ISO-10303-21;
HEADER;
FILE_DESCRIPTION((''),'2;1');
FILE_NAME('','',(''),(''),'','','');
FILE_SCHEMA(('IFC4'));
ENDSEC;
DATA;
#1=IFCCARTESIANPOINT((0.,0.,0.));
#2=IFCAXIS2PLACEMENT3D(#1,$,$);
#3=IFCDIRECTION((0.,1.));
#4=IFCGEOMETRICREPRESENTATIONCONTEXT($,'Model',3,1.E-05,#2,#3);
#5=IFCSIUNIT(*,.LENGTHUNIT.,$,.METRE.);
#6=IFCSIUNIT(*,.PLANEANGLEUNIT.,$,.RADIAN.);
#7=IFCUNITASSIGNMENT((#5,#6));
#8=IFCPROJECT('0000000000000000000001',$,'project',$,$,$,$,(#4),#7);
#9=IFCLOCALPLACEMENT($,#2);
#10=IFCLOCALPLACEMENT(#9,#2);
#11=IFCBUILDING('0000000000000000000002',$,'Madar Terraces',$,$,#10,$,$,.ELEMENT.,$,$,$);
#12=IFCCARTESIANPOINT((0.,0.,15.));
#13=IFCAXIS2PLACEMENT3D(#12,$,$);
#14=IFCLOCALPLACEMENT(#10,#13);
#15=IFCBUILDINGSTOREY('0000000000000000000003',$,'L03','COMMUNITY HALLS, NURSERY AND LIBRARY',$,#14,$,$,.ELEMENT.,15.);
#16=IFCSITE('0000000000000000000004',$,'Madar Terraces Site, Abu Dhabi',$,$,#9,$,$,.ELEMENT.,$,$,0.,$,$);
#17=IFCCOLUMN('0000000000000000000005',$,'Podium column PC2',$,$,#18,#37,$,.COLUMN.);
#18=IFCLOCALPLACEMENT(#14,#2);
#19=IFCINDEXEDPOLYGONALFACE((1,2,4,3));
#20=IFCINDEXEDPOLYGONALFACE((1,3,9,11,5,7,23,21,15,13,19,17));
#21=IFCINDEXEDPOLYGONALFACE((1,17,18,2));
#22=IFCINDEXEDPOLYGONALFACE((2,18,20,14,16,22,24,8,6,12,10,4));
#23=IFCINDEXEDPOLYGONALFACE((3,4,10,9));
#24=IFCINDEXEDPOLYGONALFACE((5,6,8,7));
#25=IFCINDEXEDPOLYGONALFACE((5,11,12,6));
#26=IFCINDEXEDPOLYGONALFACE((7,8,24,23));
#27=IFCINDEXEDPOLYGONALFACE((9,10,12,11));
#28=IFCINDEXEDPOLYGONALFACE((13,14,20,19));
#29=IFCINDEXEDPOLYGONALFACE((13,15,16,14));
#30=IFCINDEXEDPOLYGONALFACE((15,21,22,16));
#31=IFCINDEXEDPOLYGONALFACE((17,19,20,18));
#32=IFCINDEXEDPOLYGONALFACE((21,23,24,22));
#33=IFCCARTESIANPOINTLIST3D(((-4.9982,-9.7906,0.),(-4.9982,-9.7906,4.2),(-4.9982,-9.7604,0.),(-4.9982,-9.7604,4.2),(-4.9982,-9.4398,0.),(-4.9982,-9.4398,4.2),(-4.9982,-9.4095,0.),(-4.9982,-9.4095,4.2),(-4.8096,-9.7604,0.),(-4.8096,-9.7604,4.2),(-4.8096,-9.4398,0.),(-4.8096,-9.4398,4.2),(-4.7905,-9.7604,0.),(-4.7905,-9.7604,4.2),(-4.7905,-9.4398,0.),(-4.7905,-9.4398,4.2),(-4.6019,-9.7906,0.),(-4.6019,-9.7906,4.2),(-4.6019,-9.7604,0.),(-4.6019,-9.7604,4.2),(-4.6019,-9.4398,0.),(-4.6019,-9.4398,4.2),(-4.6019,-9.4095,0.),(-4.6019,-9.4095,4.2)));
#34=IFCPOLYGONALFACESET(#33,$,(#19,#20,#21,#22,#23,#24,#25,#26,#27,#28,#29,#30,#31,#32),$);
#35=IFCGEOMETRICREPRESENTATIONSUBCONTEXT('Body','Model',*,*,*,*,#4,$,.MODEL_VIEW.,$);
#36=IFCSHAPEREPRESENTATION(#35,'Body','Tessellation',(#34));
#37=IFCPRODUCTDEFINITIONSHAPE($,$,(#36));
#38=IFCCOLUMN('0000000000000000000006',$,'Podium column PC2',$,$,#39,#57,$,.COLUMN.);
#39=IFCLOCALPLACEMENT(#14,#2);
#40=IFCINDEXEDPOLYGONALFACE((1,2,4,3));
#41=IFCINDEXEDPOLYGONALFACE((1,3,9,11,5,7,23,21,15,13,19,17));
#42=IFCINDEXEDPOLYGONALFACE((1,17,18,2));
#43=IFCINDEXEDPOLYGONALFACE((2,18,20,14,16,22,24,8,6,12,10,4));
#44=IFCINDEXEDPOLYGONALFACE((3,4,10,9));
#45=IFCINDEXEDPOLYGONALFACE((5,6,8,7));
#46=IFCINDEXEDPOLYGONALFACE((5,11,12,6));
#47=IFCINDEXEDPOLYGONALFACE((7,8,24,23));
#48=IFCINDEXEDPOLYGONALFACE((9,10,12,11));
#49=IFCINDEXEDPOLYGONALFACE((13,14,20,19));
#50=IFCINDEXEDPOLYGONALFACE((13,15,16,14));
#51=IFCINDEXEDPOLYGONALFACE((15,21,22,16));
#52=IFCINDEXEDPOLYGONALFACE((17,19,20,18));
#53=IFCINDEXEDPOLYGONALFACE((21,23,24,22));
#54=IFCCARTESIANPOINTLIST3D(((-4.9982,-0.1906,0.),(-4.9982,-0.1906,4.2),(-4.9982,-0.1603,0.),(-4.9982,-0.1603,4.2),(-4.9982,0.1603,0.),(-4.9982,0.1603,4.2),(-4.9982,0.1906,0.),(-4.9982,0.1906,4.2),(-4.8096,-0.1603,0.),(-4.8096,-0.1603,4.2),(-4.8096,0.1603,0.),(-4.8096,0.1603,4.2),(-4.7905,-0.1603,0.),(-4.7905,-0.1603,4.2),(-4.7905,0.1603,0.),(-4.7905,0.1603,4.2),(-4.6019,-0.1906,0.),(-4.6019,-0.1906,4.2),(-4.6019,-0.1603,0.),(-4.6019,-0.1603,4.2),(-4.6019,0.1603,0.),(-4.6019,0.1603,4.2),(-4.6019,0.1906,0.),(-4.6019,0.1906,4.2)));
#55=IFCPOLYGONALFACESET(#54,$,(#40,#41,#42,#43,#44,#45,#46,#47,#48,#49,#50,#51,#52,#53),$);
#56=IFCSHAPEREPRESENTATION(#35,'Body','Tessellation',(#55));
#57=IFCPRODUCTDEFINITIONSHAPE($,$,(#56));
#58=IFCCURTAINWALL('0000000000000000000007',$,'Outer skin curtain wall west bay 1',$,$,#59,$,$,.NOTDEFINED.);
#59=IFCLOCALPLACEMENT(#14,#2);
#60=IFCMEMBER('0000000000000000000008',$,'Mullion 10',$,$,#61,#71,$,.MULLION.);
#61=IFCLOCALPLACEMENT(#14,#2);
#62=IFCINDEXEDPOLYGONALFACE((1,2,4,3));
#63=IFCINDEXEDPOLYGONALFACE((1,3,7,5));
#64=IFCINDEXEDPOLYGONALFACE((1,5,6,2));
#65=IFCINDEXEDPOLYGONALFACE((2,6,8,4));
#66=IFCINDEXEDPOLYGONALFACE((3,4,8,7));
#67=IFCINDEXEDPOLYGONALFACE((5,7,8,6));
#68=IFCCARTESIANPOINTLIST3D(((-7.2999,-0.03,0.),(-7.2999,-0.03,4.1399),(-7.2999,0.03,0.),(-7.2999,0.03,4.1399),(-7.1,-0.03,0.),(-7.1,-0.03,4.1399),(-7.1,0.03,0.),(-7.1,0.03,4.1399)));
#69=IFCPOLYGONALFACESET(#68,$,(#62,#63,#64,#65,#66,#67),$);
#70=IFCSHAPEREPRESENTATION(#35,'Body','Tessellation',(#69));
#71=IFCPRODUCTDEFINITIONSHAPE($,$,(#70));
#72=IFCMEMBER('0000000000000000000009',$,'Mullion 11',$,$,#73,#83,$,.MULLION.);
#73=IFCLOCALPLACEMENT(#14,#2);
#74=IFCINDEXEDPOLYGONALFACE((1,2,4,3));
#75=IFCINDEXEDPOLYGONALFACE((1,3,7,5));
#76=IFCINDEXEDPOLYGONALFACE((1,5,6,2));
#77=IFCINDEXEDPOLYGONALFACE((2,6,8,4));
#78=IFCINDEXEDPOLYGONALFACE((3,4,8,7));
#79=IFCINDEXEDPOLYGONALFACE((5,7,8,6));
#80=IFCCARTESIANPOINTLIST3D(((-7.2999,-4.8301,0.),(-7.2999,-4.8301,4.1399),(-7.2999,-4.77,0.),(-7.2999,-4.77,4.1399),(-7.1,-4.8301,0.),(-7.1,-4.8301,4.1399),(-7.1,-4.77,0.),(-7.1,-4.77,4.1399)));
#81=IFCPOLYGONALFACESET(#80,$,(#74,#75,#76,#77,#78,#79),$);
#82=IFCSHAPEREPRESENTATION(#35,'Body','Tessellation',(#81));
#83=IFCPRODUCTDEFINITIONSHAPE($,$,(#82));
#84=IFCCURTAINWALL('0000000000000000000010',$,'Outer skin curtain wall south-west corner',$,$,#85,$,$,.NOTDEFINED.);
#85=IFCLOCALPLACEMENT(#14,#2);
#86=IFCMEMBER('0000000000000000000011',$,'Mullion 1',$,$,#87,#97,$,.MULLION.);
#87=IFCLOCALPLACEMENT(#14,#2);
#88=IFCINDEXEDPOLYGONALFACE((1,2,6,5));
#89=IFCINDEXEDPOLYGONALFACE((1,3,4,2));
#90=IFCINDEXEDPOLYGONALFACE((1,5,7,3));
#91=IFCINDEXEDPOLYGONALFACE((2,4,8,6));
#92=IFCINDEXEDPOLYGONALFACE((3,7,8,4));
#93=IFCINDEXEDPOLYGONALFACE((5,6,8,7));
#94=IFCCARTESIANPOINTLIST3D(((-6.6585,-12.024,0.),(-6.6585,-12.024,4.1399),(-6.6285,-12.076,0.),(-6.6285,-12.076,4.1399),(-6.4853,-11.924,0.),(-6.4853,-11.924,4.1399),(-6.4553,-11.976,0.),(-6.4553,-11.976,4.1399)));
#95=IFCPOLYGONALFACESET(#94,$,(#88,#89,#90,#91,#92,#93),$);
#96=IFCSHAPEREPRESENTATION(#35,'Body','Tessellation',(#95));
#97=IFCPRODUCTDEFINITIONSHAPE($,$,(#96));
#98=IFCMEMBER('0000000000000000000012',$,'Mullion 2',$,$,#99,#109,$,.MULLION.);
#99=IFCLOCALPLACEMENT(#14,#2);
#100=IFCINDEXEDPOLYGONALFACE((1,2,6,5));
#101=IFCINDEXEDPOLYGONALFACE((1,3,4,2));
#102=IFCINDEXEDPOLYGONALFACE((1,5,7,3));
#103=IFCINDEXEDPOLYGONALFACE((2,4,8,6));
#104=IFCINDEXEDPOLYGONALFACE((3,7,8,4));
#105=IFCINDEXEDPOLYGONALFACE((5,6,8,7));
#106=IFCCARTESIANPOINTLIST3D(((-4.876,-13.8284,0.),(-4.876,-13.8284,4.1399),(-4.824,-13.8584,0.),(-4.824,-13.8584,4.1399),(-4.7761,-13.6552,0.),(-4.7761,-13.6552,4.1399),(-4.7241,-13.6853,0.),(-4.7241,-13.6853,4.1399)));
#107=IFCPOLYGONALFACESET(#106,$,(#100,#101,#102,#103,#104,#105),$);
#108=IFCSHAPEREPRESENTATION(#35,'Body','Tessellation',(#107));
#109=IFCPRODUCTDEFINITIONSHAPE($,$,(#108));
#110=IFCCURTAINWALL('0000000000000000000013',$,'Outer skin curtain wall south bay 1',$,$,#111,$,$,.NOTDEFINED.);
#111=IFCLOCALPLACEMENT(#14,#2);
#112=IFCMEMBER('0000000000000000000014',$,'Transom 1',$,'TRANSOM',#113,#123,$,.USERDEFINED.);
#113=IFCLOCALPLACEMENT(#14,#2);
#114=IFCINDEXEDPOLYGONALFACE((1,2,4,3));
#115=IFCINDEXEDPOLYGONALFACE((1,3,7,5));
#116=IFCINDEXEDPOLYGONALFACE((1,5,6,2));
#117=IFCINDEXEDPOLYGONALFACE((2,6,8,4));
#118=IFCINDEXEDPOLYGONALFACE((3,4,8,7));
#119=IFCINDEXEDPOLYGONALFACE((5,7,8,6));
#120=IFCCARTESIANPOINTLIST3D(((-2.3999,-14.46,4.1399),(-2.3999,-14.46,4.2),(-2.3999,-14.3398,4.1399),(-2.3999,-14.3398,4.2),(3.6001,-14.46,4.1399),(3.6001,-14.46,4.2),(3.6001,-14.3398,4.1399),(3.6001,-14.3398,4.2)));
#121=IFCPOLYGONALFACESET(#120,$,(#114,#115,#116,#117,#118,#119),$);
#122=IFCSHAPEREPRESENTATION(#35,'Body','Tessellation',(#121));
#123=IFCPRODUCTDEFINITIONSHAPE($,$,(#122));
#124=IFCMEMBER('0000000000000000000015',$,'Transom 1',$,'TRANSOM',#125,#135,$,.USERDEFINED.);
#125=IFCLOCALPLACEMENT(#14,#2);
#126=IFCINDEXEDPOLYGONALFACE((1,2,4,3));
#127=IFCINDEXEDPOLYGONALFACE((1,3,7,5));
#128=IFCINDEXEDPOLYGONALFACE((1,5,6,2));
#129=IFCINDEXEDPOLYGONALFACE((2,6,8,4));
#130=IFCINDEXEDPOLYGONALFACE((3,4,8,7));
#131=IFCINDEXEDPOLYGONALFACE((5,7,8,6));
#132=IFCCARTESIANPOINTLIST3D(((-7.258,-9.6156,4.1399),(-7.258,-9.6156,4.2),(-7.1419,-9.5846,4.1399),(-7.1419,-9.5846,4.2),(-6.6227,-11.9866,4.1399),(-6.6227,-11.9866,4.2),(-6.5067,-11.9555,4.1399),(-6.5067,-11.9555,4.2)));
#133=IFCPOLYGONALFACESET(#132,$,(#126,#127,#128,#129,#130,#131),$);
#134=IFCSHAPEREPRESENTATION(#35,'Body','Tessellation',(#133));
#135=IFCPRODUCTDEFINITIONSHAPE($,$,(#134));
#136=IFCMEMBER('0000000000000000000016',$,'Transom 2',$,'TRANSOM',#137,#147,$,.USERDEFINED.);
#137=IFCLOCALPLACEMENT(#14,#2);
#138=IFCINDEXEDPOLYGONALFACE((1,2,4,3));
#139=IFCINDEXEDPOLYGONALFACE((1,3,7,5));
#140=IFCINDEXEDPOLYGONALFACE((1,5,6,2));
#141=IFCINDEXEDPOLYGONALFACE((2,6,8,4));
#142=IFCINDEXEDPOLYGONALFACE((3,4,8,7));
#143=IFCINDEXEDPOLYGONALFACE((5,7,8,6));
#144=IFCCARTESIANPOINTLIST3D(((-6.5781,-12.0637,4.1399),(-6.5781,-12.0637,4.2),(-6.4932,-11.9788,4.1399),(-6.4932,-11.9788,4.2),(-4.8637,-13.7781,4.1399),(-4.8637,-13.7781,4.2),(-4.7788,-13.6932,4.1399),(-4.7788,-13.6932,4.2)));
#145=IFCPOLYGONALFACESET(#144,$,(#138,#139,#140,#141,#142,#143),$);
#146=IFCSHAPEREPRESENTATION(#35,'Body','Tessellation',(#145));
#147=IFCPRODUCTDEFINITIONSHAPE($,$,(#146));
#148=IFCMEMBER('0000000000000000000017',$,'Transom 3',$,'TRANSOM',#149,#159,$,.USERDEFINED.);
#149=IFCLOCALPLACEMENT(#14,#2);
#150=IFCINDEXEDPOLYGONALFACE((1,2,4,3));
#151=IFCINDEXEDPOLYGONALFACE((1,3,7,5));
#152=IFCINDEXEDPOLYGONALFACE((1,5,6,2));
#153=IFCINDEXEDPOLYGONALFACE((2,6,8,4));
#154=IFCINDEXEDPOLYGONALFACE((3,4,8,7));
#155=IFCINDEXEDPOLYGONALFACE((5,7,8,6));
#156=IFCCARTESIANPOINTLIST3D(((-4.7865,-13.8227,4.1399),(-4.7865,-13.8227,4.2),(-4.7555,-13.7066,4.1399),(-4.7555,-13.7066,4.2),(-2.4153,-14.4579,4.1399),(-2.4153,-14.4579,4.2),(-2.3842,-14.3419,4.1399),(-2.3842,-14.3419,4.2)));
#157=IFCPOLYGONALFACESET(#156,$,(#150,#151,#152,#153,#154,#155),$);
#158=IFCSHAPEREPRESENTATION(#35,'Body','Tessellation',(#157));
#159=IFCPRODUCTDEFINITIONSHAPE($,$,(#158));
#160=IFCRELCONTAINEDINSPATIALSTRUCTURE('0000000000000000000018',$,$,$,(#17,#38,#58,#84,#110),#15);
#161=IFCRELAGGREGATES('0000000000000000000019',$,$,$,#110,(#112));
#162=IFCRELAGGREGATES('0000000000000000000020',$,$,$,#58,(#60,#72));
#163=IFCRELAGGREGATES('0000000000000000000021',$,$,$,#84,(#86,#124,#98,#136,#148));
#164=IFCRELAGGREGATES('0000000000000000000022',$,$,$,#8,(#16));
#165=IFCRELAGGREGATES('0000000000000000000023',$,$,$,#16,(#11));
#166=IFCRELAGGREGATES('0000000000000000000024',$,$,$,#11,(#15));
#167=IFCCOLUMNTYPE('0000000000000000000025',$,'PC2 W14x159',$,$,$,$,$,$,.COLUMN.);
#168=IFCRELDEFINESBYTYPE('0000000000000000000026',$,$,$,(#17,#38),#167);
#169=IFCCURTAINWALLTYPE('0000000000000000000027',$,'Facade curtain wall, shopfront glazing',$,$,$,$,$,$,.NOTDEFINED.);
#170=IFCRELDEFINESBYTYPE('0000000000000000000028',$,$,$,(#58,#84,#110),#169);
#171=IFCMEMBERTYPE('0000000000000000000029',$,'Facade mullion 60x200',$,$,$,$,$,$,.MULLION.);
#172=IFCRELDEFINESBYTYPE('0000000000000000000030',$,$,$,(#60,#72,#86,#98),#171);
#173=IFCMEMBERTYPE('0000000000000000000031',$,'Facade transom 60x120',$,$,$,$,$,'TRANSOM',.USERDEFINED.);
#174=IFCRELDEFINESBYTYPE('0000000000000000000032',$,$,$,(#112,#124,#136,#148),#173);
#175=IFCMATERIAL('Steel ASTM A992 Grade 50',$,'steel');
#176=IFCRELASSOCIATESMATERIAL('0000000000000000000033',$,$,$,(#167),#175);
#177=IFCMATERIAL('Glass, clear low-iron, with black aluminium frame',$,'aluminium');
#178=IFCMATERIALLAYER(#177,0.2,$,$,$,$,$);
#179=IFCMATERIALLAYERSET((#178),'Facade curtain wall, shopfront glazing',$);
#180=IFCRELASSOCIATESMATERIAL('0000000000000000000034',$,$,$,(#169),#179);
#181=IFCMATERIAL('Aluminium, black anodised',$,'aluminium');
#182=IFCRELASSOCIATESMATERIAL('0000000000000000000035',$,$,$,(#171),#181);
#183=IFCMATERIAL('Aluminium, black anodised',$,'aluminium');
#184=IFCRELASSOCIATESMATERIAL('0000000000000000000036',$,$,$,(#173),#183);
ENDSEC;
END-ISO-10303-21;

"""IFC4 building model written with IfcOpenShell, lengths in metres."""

from ifc_helpers import new_model, si_unit, direction, frame, origin, origin_2d, place, context, subcontext, project, spatial, rectangle, i_section, extrude, material, layer, layer_set, material_profile, profile_set, type_object, element, aggregate, save


model = new_model("IFC4")

# Units and contexts
model_context = context("Model", 3, precision=1e-05, world=origin(), true_north=direction((0.0, 1.0)))
body_context = subcontext(model_context, "Body", "Model", "MODEL_VIEW")
ifc_project = project(units=[si_unit("LENGTHUNIT", "METRE"), si_unit("PLANEANGLEUNIT", "RADIAN")], contexts=[model_context])

# Site, building, storey
site_placement = place(None, origin())
site = spatial("IfcSite", under=ifc_project, at=site_placement, Name="Madar Terraces Site, Abu Dhabi", CompositionType="ELEMENT", RefElevation=0.0)
building_placement = place(site_placement, origin())
building = spatial("IfcBuilding", under=site, at=building_placement, Name="Madar Terraces", CompositionType="ELEMENT")
storey_placement = place(building_placement, frame((0.0, 0.0, 15.0)))
storey = spatial("IfcBuildingStorey", under=building, at=storey_placement, Name="L03", Description="COMMUNITY HALLS, NURSERY AND LIBRARY", CompositionType="ELEMENT", Elevation=15.0)

# Columns
ifc_material_1 = material(Name="Steel ASTM A992 Grade 50", Category="steel")
ifc_material_profile_1 = material_profile(ifc_material_1, i_section(OverallWidth=0.3962, OverallDepth=0.3811, WebThickness=0.019, FlangeThickness=0.0303, at=origin_2d()), Name="W14x159")
ifc_profile_set_1 = profile_set([ifc_material_profile_1], Name="Steel ASTM A992 Grade 50")
column_type = type_object("IfcColumnType", Name="PC2 W14x159", PredefinedType="COLUMN", material=ifc_profile_set_1)
for number, where, z_axis, x_axis, name in (
    (1, (-4.8, -9.6001, 0.0), (0.0, 0.0, 1.0), (1.0, 0.0, 0.0), "Podium column PC2"),
    (2, (-4.8, 0.0, 0.0), (0.0, 0.0, 1.0), (1.0, 0.0, 0.0), "Podium column PC2"),
):
    element("IfcColumn", number, at=place(storey_placement, frame(where, z_axis=z_axis, x_axis=x_axis)), inside=storey, type_object=column_type, Name=name, PredefinedType="COLUMN", context=body_context, shape_type="SweptSolid", body=[
        extrude(i_section(OverallWidth=0.3962, OverallDepth=0.3811, WebThickness=0.019, FlangeThickness=0.0303, at=origin_2d()), origin(), (0.0, 0.0, 1.0), 4.2),
    ])

# Curtain walls, members
ifc_material_2 = material(Name="Glass, clear low-iron, with black aluminium frame", Category="aluminium")
ifc_layer_1 = layer(ifc_material_2, 0.2)
ifc_layer_set_1 = layer_set([ifc_layer_1], Name="Facade curtain wall, shopfront glazing")
curtain_wall_type = type_object("IfcCurtainWallType", Name="Facade curtain wall, shopfront glazing", PredefinedType="NOTDEFINED", material=ifc_layer_set_1)
curtain_wall_1_placement = place(storey_placement, origin())
curtain_wall_1 = element("IfcCurtainWall", 3, at=curtain_wall_1_placement, inside=storey, type_object=curtain_wall_type, Name="Outer skin curtain wall west bay 1", PredefinedType="NOTDEFINED")
ifc_material_3 = material(Name="Aluminium, black anodised", Category="aluminium")
ifc_material_profile_2 = material_profile(ifc_material_3, rectangle(XDim=0.2, YDim=0.0601, at=origin_2d()), Name="Facade mullion 60x200")
ifc_profile_set_2 = profile_set([ifc_material_profile_2], Name="Aluminium, black anodised")
member_type_1 = type_object("IfcMemberType", Name="Facade mullion 60x200", PredefinedType="MULLION", material=ifc_profile_set_2)
member_1_placement = place(storey_placement, frame((-7.2, 0.0, 0.0), z_axis=(0.0, 0.0, 1.0), x_axis=(1.0, 0.0, 0.0)))
member_1 = element("IfcMember", 4, at=member_1_placement, type_object=member_type_1, Name="Mullion 10", PredefinedType="MULLION", context=body_context, shape_type="SweptSolid", body=[
    extrude(rectangle(XDim=0.2, YDim=0.0601, at=origin_2d()), origin(), (0.0, 0.0, 1.0), 4.1399),
])
member_2_placement = place(storey_placement, frame((-7.2, -4.8, 0.0), z_axis=(0.0, 0.0, 1.0), x_axis=(1.0, 0.0, 0.0)))
member_2 = element("IfcMember", 5, at=member_2_placement, type_object=member_type_1, Name="Mullion 11", PredefinedType="MULLION", context=body_context, shape_type="SweptSolid", body=[
    extrude(rectangle(XDim=0.2, YDim=0.0601, at=origin_2d()), origin(), (0.0, 0.0, 1.0), 4.1399),
])
curtain_wall_2_placement = place(storey_placement, origin())
curtain_wall_2 = element("IfcCurtainWall", 6, at=curtain_wall_2_placement, inside=storey, type_object=curtain_wall_type, Name="Outer skin curtain wall south-west corner", PredefinedType="NOTDEFINED")
member_3_placement = place(storey_placement, frame((-6.5569, -12.0, 0.0), z_axis=(0.0, 0.0, 1.0), x_axis=(0.866025, 0.5, 0.0)))
member_3 = element("IfcMember", 7, at=member_3_placement, type_object=member_type_1, Name="Mullion 1", PredefinedType="MULLION", context=body_context, shape_type="SweptSolid", body=[
    extrude(rectangle(XDim=0.2, YDim=0.0601, at=origin_2d()), origin(), (0.0, 0.0, 1.0), 4.1399),
])
member_4_placement = place(storey_placement, frame((-4.8, -13.7568, 0.0), z_axis=(0.0, 0.0, 1.0), x_axis=(0.5, 0.866025, 0.0)))
member_4 = element("IfcMember", 8, at=member_4_placement, type_object=member_type_1, Name="Mullion 2", PredefinedType="MULLION", context=body_context, shape_type="SweptSolid", body=[
    extrude(rectangle(XDim=0.2, YDim=0.0601, at=origin_2d()), origin(), (0.0, 0.0, 1.0), 4.1399),
])

# Curtain wall, member
curtain_wall_3_placement = place(storey_placement, origin())
curtain_wall_3 = element("IfcCurtainWall", 9, at=curtain_wall_3_placement, inside=storey, type_object=curtain_wall_type, Name="Outer skin curtain wall south bay 1", PredefinedType="NOTDEFINED")
ifc_material_4 = material(Name="Aluminium, black anodised", Category="aluminium")
ifc_material_profile_3 = material_profile(ifc_material_4, rectangle(XDim=0.1201, YDim=0.0601, at=origin_2d()), Name="Facade transom 60x120")
ifc_profile_set_3 = profile_set([ifc_material_profile_3], Name="Aluminium, black anodised")
member_type_2 = type_object("IfcMemberType", Name="Facade transom 60x120", ElementType="TRANSOM", PredefinedType="USERDEFINED", material=ifc_profile_set_3)
member_5_placement = place(storey_placement, frame((-2.3999, -14.3999, 4.1699), z_axis=(1.0, 0.0, 0.0), x_axis=(0.0, 1.0, 0.0)))
member_5 = element("IfcMember", 10, at=member_5_placement, type_object=member_type_2, Name="Transom 1", ObjectType="TRANSOM", PredefinedType="USERDEFINED", context=body_context, shape_type="SweptSolid", body=[
    extrude(rectangle(XDim=0.1201, YDim=0.0601, at=origin_2d()), origin(), (0.0, 0.0, 1.0), 6.0),
])

# Members
member_6_placement = place(storey_placement, frame((-7.2, -9.6001, 4.1699), z_axis=(0.258814, -0.965927, 0.0), x_axis=(0.965927, 0.258814, 0.0)))
member_6 = element("IfcMember", 11, at=member_6_placement, type_object=member_type_2, Name="Transom 1", ObjectType="TRANSOM", PredefinedType="USERDEFINED", context=body_context, shape_type="SweptSolid", body=[
    extrude(rectangle(XDim=0.1201, YDim=0.0601, at=origin_2d()), origin(), (0.0, 0.0, 1.0), 2.4546),
])
member_7_placement = place(storey_placement, frame((-6.5356, -12.0212, 4.1699), z_axis=(0.707107, -0.707107, 0.0), x_axis=(0.707107, 0.707107, 0.0)))
member_7 = element("IfcMember", 12, at=member_7_placement, type_object=member_type_2, Name="Transom 2", ObjectType="TRANSOM", PredefinedType="USERDEFINED", context=body_context, shape_type="SweptSolid", body=[
    extrude(rectangle(XDim=0.1201, YDim=0.0601, at=origin_2d()), origin(), (0.0, 0.0, 1.0), 2.4246),
])
member_8_placement = place(storey_placement, frame((-4.771, -13.7646, 4.1699), z_axis=(0.965934, -0.258789, 0.0), x_axis=(0.258789, 0.965934, 0.0)))
member_8 = element("IfcMember", 13, at=member_8_placement, type_object=member_type_2, Name="Transom 3", ObjectType="TRANSOM", PredefinedType="USERDEFINED", context=body_context, shape_type="SweptSolid", body=[
    extrude(rectangle(XDim=0.1201, YDim=0.0601, at=origin_2d()), origin(), (0.0, 0.0, 1.0), 2.4548),
])

aggregate(curtain_wall_3, [member_5])
aggregate(curtain_wall_1, [member_1, member_2])
aggregate(curtain_wall_2, [member_3, member_6, member_4, member_7, member_8])

save(model, "model.ifc")
